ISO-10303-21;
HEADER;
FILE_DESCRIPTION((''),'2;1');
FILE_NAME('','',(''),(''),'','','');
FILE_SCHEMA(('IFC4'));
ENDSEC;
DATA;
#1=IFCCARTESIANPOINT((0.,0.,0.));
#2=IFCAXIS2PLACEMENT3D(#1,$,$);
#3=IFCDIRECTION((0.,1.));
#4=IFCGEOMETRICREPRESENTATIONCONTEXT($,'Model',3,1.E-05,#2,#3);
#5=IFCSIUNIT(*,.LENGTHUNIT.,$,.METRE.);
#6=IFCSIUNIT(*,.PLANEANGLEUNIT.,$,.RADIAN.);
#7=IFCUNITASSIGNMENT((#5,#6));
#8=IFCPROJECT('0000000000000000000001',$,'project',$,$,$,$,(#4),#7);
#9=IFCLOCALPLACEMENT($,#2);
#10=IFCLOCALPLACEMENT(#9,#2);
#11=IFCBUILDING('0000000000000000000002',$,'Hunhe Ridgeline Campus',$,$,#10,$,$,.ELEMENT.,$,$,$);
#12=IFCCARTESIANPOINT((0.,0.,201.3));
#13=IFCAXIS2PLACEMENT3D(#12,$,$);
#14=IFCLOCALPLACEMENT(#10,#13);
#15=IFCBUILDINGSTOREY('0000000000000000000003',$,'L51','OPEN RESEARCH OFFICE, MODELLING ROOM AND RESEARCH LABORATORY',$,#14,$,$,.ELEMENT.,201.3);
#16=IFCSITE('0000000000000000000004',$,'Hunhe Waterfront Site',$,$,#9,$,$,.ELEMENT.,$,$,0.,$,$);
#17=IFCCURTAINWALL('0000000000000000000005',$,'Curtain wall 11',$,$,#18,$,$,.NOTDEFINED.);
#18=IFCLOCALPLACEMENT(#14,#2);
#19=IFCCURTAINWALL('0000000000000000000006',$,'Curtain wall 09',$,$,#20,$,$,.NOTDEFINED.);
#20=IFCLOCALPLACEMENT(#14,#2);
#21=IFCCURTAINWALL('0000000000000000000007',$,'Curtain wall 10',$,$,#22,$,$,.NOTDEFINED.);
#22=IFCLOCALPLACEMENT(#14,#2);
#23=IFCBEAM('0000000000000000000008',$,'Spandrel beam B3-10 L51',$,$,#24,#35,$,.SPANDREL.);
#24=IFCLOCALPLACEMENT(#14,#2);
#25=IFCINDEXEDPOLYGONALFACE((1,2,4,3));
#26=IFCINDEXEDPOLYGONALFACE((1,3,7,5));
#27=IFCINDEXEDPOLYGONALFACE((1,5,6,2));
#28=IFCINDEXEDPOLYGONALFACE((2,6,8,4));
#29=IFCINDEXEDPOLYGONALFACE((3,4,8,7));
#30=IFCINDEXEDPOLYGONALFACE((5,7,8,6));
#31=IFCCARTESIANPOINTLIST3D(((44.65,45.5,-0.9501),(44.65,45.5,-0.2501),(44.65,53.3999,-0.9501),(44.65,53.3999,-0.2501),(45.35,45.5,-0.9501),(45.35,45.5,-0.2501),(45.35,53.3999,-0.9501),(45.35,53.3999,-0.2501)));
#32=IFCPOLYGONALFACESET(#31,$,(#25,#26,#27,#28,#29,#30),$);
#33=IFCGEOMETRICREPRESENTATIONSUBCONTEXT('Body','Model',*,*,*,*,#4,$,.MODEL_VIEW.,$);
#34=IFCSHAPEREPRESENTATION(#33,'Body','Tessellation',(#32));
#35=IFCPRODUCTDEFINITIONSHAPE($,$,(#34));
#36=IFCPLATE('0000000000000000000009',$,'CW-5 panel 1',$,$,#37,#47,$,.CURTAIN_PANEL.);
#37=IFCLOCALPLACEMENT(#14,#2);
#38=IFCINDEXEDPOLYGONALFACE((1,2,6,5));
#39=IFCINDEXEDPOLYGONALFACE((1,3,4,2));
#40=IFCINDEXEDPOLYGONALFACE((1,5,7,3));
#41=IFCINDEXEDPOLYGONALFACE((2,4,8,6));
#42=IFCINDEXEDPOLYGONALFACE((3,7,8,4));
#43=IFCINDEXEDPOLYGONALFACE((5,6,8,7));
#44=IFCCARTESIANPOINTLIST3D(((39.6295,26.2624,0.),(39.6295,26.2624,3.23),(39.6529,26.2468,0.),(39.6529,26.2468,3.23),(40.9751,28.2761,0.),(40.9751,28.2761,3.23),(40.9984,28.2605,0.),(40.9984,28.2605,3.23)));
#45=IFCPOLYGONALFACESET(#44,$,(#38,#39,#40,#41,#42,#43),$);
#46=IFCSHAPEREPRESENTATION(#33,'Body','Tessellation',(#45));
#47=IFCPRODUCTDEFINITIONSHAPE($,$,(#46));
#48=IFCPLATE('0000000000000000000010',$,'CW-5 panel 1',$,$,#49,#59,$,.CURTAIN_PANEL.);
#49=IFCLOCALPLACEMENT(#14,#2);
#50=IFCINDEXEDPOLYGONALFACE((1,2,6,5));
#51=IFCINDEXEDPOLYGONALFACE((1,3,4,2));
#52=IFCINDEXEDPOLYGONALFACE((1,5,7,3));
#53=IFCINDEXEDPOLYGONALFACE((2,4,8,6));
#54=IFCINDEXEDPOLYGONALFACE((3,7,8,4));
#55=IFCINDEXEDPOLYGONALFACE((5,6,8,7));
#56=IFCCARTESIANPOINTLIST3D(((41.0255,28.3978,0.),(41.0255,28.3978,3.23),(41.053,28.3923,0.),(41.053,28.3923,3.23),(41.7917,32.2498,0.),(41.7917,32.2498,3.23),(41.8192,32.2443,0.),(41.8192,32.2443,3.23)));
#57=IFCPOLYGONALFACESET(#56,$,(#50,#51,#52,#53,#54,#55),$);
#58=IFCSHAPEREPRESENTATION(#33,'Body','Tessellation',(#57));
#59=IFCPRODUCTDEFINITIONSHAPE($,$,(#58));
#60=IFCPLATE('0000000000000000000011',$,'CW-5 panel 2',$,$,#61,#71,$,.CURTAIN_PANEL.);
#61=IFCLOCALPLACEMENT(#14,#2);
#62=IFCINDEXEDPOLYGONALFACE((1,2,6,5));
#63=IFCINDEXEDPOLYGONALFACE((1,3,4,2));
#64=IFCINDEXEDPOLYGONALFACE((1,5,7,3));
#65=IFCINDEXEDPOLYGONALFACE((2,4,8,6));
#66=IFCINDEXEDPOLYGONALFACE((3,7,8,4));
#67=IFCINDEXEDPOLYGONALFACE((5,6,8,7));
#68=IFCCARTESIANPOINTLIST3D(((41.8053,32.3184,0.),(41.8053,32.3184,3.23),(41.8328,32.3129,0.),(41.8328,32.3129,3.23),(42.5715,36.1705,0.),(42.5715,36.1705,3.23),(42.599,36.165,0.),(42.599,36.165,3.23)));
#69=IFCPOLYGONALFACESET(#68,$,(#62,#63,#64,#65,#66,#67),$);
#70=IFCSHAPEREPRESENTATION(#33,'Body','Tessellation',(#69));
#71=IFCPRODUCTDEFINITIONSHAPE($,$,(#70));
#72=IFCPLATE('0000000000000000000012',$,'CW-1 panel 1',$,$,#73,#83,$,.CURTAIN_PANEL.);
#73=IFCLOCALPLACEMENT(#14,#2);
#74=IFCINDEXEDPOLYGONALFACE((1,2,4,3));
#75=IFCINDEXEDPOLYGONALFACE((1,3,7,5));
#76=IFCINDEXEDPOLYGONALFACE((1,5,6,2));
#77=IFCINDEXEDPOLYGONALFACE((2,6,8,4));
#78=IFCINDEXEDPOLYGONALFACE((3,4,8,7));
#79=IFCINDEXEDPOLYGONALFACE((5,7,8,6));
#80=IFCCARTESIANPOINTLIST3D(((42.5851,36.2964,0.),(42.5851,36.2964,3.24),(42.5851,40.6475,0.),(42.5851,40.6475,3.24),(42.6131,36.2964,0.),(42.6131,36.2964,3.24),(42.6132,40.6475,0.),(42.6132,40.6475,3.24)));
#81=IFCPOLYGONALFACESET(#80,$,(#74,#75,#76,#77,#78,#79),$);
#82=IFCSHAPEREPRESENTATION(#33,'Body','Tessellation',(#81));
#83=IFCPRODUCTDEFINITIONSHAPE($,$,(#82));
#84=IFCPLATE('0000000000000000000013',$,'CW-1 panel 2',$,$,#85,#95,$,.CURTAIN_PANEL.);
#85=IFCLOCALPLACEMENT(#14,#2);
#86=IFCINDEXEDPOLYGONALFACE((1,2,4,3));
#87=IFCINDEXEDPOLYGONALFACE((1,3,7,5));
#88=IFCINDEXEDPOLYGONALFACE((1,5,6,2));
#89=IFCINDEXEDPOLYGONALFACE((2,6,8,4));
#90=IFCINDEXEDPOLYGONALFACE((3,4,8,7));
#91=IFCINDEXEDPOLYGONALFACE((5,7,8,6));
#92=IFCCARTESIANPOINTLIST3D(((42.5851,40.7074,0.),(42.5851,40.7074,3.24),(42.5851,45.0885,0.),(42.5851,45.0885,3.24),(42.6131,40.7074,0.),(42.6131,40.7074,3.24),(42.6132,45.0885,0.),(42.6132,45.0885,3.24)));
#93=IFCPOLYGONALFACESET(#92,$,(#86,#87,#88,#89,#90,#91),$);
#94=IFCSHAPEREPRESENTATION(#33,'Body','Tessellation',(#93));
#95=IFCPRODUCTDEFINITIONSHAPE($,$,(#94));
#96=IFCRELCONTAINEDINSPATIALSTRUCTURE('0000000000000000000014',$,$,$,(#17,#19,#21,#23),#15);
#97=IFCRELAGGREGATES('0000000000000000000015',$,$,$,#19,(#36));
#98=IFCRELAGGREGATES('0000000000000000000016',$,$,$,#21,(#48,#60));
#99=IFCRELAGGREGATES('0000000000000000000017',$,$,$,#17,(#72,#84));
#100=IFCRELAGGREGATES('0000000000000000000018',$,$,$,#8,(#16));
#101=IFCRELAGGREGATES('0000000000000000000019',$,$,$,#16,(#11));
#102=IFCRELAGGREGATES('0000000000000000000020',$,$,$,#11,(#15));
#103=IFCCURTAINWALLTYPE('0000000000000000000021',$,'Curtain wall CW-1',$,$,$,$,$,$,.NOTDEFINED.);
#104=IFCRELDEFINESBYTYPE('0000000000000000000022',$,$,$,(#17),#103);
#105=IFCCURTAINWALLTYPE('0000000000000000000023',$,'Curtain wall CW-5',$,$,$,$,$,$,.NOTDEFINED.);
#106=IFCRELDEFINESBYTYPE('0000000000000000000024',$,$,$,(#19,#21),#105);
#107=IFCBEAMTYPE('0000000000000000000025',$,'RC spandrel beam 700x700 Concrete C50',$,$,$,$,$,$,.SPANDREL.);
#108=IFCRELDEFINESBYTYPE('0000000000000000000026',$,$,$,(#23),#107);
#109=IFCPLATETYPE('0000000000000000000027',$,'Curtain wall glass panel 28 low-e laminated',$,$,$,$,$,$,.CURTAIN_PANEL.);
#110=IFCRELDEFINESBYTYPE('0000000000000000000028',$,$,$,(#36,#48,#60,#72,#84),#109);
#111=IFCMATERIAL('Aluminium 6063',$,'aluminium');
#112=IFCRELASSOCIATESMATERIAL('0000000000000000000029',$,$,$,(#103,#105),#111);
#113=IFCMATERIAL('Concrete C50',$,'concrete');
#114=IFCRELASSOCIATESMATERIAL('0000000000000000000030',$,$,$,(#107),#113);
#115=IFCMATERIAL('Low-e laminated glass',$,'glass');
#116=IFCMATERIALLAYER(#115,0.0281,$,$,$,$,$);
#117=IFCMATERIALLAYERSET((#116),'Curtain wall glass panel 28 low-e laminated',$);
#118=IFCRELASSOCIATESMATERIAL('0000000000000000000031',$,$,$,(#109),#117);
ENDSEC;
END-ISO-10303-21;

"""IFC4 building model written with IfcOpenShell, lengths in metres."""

from ifc_helpers import new_model, si_unit, direction, frame, origin, origin_2d, place, context, subcontext, project, spatial, rectangle, extrude, material, layer, layer_set, material_profile, profile_set, type_object, element, aggregate, save


model = new_model("IFC4")

# Units and contexts
model_context = context("Model", 3, precision=1e-05, world=origin(), true_north=direction((0.0, 1.0)))
body_context = subcontext(model_context, "Body", "Model", "MODEL_VIEW")
ifc_project = project(units=[si_unit("LENGTHUNIT", "METRE"), si_unit("PLANEANGLEUNIT", "RADIAN")], contexts=[model_context])

# Site, building, storey
site_placement = place(None, origin())
site = spatial("IfcSite", under=ifc_project, at=site_placement, Name="Hunhe Waterfront Site", CompositionType="ELEMENT", RefElevation=0.0)
building_placement = place(site_placement, origin())
building = spatial("IfcBuilding", under=site, at=building_placement, Name="Hunhe Ridgeline Campus", CompositionType="ELEMENT")
storey_placement = place(building_placement, frame((0.0, 0.0, 201.3)))
storey = spatial("IfcBuildingStorey", under=building, at=storey_placement, Name="L51", Description="OPEN RESEARCH OFFICE, MODELLING ROOM AND RESEARCH LABORATORY", CompositionType="ELEMENT", Elevation=201.3)

# Curtain wall
ifc_material_1 = material(Name="Aluminium 6063", Category="aluminium")
curtain_wall_type_1 = type_object("IfcCurtainWallType", Name="Curtain wall CW-1", PredefinedType="NOTDEFINED", material=ifc_material_1)
curtain_wall_1_placement = place(storey_placement, origin())
curtain_wall_1 = element("IfcCurtainWall", 1, at=curtain_wall_1_placement, inside=storey, type_object=curtain_wall_type_1, Name="Curtain wall 11", PredefinedType="NOTDEFINED")

# Curtain wall
curtain_wall_type_2 = type_object("IfcCurtainWallType", Name="Curtain wall CW-5", PredefinedType="NOTDEFINED", material=ifc_material_1)
curtain_wall_2_placement = place(storey_placement, origin())
curtain_wall_2 = element("IfcCurtainWall", 2, at=curtain_wall_2_placement, inside=storey, type_object=curtain_wall_type_2, Name="Curtain wall 09", PredefinedType="NOTDEFINED")

# Curtain wall
curtain_wall_3_placement = place(storey_placement, origin())
curtain_wall_3 = element("IfcCurtainWall", 3, at=curtain_wall_3_placement, inside=storey, type_object=curtain_wall_type_2, Name="Curtain wall 10", PredefinedType="NOTDEFINED")

# Beam
ifc_material_2 = material(Name="Concrete C50", Category="concrete")
ifc_material_profile_1 = material_profile(ifc_material_2, rectangle(XDim=0.7, YDim=0.7, at=origin_2d()))
ifc_profile_set_1 = profile_set([ifc_material_profile_1], Name="Concrete C50")
beam_type = type_object("IfcBeamType", Name="RC spandrel beam 700x700 Concrete C50", PredefinedType="SPANDREL", material=ifc_profile_set_1)
beam_1_placement = place(storey_placement, frame((45.0, 45.5, -0.6001), z_axis=(0.0, 1.0, 0.0), x_axis=(-1.0, 0.0, 0.0)))
element("IfcBeam", 4, at=beam_1_placement, inside=storey, type_object=beam_type, Name="Spandrel beam B3-10 L51", PredefinedType="SPANDREL", context=body_context, shape_type="SweptSolid", body=[
    extrude(rectangle(XDim=0.7, YDim=0.7, at=origin_2d()), origin(), (0.0, 0.0, 1.0), 7.8999),
])

# Plates
ifc_material_3 = material(Name="Low-e laminated glass", Category="glass")
ifc_layer = layer(ifc_material_3, 0.0281)
ifc_layer_set = layer_set([ifc_layer], Name="Curtain wall glass panel 28 low-e laminated")
plate_type = type_object("IfcPlateType", Name="Curtain wall glass panel 28 low-e laminated", PredefinedType="CURTAIN_PANEL", material=ifc_layer_set)
plate_1_placement = place(storey_placement, frame((40.314, 27.2615, 0.0), z_axis=(0.0, 0.0, 1.0), x_axis=(0.55557, 0.83147, 0.0)))
plate_1 = element("IfcPlate", 5, at=plate_1_placement, type_object=plate_type, Name="CW-5 panel 1", PredefinedType="CURTAIN_PANEL", context=body_context, shape_type="SweptSolid", body=[
    extrude(rectangle(XDim=2.4219, YDim=0.0281, at=origin_2d()), origin(), (0.0, 0.0, 1.0), 3.23),
])
aggregate(curtain_wall_2, [plate_1])
plate_2_placement = place(storey_placement, frame((41.4224, 30.321, 0.0), z_axis=(0.0, 0.0, 1.0), x_axis=(0.19509, 0.980785, 0.0)))
plate_2 = element("IfcPlate", 6, at=plate_2_placement, type_object=plate_type, Name="CW-5 panel 1", PredefinedType="CURTAIN_PANEL", context=body_context, shape_type="SweptSolid", body=[
    extrude(rectangle(XDim=3.9275, YDim=0.0281, at=origin_2d()), origin(), (0.0, 0.0, 1.0), 3.23),
])
plate_3_placement = place(storey_placement, frame((42.2021, 34.2417, 0.0), z_axis=(0.0, 0.0, 1.0), x_axis=(0.19509, 0.980785, 0.0)))
plate_3 = element("IfcPlate", 7, at=plate_3_placement, type_object=plate_type, Name="CW-5 panel 2", PredefinedType="CURTAIN_PANEL", context=body_context, shape_type="SweptSolid", body=[
    extrude(rectangle(XDim=3.9275, YDim=0.0281, at=origin_2d()), origin(), (0.0, 0.0, 1.0), 3.23),
])
aggregate(curtain_wall_3, [plate_2, plate_3])
plate_4_placement = place(storey_placement, frame((42.5991, 38.4719, 0.0), z_axis=(0.0, 0.0, 1.0), x_axis=(0.000007, 1.0, 0.0)))
plate_4 = element("IfcPlate", 8, at=plate_4_placement, type_object=plate_type, Name="CW-1 panel 1", PredefinedType="CURTAIN_PANEL", context=body_context, shape_type="SweptSolid", body=[
    extrude(rectangle(XDim=4.3511, YDim=0.0281, at=origin_2d()), origin(), (0.0, 0.0, 1.0), 3.24),
])
plate_5_placement = place(storey_placement, frame((42.5991, 42.8979, 0.0), z_axis=(0.0, 0.0, 1.0), x_axis=(0.000007, 1.0, 0.0)))
plate_5 = element("IfcPlate", 9, at=plate_5_placement, type_object=plate_type, Name="CW-1 panel 2", PredefinedType="CURTAIN_PANEL", context=body_context, shape_type="SweptSolid", body=[
    extrude(rectangle(XDim=4.3811, YDim=0.0281, at=origin_2d()), origin(), (0.0, 0.0, 1.0), 3.24),
])
aggregate(curtain_wall_1, [plate_4, plate_5])

save(model, "model.ifc")
